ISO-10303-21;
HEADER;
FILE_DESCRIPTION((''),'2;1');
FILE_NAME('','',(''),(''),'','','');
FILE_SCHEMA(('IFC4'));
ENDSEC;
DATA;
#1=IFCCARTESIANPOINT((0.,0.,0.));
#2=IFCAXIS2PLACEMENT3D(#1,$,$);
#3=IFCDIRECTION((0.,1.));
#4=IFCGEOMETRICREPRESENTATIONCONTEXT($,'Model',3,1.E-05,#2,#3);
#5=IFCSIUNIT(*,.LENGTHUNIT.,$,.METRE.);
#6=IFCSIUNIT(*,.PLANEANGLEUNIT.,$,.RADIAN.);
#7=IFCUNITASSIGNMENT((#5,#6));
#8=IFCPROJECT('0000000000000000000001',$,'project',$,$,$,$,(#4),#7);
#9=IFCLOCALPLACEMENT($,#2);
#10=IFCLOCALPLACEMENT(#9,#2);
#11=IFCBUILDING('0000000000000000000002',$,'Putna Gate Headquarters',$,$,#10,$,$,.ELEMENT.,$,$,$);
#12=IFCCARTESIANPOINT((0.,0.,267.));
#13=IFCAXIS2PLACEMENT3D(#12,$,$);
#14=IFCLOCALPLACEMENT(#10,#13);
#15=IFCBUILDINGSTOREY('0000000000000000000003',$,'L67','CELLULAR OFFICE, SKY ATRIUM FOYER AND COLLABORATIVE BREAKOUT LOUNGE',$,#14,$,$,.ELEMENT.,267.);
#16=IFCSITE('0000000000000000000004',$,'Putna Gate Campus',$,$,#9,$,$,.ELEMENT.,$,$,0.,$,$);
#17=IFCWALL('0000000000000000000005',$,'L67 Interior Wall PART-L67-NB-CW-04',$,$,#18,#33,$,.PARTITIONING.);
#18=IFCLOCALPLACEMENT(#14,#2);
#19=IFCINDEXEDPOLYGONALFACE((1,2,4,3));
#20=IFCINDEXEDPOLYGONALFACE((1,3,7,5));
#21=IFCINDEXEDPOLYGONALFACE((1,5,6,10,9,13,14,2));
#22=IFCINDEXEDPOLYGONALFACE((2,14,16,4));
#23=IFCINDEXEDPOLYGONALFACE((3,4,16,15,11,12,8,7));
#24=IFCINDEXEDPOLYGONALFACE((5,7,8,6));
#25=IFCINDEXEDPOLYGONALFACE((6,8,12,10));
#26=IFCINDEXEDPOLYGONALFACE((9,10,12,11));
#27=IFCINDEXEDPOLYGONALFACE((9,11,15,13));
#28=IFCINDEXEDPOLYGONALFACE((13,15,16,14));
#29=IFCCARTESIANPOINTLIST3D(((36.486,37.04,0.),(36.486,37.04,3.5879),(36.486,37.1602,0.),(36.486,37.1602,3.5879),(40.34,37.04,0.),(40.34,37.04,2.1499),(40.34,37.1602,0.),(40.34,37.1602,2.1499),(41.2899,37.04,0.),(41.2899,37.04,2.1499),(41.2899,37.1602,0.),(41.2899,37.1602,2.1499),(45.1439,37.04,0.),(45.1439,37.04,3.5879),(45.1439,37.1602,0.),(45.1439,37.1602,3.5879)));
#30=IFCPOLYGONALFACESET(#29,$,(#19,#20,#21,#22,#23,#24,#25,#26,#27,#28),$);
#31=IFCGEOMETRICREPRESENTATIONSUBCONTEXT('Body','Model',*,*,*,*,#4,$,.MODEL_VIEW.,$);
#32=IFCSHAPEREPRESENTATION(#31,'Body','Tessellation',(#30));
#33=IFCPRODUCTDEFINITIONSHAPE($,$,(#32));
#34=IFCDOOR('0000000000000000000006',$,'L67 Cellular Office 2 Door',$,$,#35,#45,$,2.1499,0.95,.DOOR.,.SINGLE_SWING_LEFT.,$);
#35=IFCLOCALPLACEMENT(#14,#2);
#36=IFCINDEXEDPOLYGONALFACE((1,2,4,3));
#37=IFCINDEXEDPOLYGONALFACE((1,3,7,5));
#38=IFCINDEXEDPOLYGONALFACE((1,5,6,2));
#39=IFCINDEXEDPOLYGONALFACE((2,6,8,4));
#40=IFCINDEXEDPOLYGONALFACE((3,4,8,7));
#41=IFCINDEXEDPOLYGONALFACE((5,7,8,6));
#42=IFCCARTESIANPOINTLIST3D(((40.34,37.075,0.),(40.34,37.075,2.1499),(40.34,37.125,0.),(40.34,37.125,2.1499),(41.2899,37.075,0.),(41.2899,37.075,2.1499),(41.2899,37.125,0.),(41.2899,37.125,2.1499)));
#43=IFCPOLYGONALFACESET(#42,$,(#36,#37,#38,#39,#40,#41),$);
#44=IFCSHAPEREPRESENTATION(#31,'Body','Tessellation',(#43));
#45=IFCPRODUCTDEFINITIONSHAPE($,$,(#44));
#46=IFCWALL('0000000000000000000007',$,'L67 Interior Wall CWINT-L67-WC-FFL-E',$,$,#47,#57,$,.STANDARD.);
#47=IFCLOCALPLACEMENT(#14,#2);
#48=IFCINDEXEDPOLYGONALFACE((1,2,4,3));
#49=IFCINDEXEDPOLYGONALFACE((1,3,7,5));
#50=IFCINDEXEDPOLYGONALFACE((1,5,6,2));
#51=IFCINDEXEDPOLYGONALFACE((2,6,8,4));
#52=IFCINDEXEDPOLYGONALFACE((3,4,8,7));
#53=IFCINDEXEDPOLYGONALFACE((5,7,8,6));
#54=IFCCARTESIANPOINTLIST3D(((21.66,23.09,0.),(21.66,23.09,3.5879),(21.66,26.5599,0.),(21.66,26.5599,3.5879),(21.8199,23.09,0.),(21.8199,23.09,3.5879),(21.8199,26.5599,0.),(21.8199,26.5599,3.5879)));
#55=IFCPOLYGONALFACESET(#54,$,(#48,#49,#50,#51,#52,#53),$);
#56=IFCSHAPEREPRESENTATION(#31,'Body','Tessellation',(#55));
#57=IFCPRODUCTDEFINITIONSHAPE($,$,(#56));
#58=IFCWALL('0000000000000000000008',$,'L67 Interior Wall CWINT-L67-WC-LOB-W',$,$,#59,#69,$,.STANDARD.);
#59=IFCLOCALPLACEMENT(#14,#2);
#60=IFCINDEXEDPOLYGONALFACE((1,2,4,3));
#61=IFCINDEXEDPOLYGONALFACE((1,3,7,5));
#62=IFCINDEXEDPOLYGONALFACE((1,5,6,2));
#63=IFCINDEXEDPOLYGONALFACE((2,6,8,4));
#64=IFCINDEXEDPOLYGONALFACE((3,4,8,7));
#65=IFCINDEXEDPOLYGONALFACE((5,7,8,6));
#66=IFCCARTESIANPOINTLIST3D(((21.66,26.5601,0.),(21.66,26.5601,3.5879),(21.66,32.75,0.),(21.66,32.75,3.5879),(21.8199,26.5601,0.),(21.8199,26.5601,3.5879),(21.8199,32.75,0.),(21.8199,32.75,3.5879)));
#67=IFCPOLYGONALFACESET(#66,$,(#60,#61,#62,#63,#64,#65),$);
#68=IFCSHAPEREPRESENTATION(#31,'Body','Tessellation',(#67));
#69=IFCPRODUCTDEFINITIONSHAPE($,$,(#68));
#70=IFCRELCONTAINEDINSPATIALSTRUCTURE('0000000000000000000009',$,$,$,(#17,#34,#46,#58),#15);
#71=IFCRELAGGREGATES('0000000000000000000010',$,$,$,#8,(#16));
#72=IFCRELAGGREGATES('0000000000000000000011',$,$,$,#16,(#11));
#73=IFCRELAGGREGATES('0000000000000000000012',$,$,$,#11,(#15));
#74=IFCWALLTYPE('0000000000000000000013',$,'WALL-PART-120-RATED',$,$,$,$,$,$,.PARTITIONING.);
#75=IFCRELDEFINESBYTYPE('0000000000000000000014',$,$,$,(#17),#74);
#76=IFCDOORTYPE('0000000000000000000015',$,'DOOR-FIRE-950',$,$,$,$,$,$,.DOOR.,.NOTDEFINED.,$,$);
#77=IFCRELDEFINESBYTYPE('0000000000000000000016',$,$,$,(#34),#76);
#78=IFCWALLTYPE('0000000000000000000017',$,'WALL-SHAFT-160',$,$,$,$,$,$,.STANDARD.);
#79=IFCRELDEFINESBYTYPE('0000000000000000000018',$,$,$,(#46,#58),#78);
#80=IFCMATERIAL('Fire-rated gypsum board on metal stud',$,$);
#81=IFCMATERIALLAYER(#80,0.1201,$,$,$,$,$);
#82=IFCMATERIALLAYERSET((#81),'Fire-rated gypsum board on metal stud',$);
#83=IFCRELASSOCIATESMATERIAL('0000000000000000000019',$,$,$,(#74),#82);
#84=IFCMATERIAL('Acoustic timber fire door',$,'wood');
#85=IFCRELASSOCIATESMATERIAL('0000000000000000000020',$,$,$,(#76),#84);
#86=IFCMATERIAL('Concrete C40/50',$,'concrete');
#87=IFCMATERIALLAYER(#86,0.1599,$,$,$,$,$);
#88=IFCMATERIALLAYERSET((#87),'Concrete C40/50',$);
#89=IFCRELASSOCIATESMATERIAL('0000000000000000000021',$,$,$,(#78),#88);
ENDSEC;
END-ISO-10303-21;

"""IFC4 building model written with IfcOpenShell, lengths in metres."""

from ifc_helpers import new_model, si_unit, direction, frame, frame_2d, origin, place, context, subcontext, project, spatial, rectangle, extrude, material, layer, layer_set, type_object, element, fill, save


model = new_model("IFC4")

# Units and contexts
model_context = context("Model", 3, precision=1e-05, world=origin(), true_north=direction((0.0, 1.0)))
body_context = subcontext(model_context, "Body", "Model", "MODEL_VIEW")
ifc_project = project(units=[si_unit("LENGTHUNIT", "METRE"), si_unit("PLANEANGLEUNIT", "RADIAN")], contexts=[model_context])

# Site, building, storey
site_placement = place(None, origin())
site = spatial("IfcSite", under=ifc_project, at=site_placement, Name="Putna Gate Campus", CompositionType="ELEMENT", RefElevation=0.0)
building_placement = place(site_placement, origin())
building = spatial("IfcBuilding", under=site, at=building_placement, Name="Putna Gate Headquarters", CompositionType="ELEMENT")
storey_placement = place(building_placement, frame((0.0, 0.0, 267.0)))
storey = spatial("IfcBuildingStorey", under=building, at=storey_placement, Name="L67", Description="CELLULAR OFFICE, SKY ATRIUM FOYER AND COLLABORATIVE BREAKOUT LOUNGE", CompositionType="ELEMENT", Elevation=267.0)

# Shared definitions
ifc_material_1 = material(Name="Fire-rated gypsum board on metal stud")
ifc_layer_1 = layer(ifc_material_1, 0.1201)
ifc_layer_set_1 = layer_set([ifc_layer_1], Name="Fire-rated gypsum board on metal stud")
wall_type_1 = type_object("IfcWallType", Name="WALL-PART-120-RATED", PredefinedType="PARTITIONING", material=ifc_layer_set_1)

# Wall, opening, door
ifc_material_2 = material(Name="Acoustic timber fire door", Category="wood")
door_type = type_object("IfcDoorType", Name="DOOR-FIRE-950", OperationType="NOTDEFINED", PredefinedType="DOOR", material=ifc_material_2)
wall_1_placement = place(storey_placement, frame((36.4858, 37.1001, 0.0), z_axis=(0.0, 0.0, 1.0), x_axis=(1.0, 0.0, 0.0)))
wall_1 = element("IfcWall", 1, at=wall_1_placement, inside=storey, type_object=wall_type_1, Name="L67 Interior Wall PART-L67-NB-CW-04", PredefinedType="PARTITIONING", context=body_context, shape_type="SweptSolid", body=[
    extrude(rectangle(XDim=8.658, YDim=0.1201, at=frame_2d((4.3291, 0.0))), origin(), (0.0, 0.0, 1.0), 3.5879),
])
opening_1_placement = place(wall_1_placement, frame((3.854, 0.0, 0.0)))
opening_1 = element("IfcOpeningElement", 2, at=opening_1_placement, cuts=wall_1, PredefinedType="OPENING", context=body_context, shape_type="SweptSolid", body=[
    extrude(rectangle(XDim=0.95, YDim=2.1499, at=frame_2d((0.4751, 1.075))), frame((0.0, 0.0701, 0.0), z_axis=(0.0, -1.0, 0.0), x_axis=(1.0, 0.0, 0.0)), (0.0, 0.0, 1.0), 0.1401),
])
door_1_placement = place(opening_1_placement, origin())
door_1 = element("IfcDoor", 3, at=door_1_placement, inside=storey, type_object=door_type, Name="L67 Cellular Office 2 Door", OperationType="SINGLE_SWING_LEFT", OverallHeight=2.1499, OverallWidth=0.95, PredefinedType="DOOR", context=body_context, shape_type="SweptSolid", body=[
    extrude(rectangle(XDim=0.95, YDim=2.1499, at=frame_2d((0.4751, 1.075))), frame((0.0, 0.0249, 0.0), z_axis=(0.0, -1.0, 0.0), x_axis=(1.0, 0.0, 0.0)), (0.0, 0.0, 1.0), 0.05),
])
fill(opening_1, door_1)

# Walls
ifc_material_3 = material(Name="Concrete C40/50", Category="concrete")
ifc_layer_2 = layer(ifc_material_3, 0.1599)
ifc_layer_set_2 = layer_set([ifc_layer_2], Name="Concrete C40/50")
wall_type_2 = type_object("IfcWallType", Name="WALL-SHAFT-160", PredefinedType="STANDARD", material=ifc_layer_set_2)
wall_2_placement = place(storey_placement, frame((21.74, 23.0901, 0.0), z_axis=(0.0, 0.0, 1.0), x_axis=(0.0, 1.0, 0.0)))
element("IfcWall", 4, at=wall_2_placement, inside=storey, type_object=wall_type_2, Name="L67 Interior Wall CWINT-L67-WC-FFL-E", PredefinedType="STANDARD", context=body_context, shape_type="SweptSolid", body=[
    extrude(rectangle(XDim=3.47, YDim=0.1599, at=frame_2d((1.7349, 0.0))), origin(), (0.0, 0.0, 1.0), 3.5879),
])
wall_3_placement = place(storey_placement, frame((21.74, 26.5601, 0.0), z_axis=(0.0, 0.0, 1.0), x_axis=(0.0, 1.0, 0.0)))
element("IfcWall", 5, at=wall_3_placement, inside=storey, type_object=wall_type_2, Name="L67 Interior Wall CWINT-L67-WC-LOB-W", PredefinedType="STANDARD", context=body_context, shape_type="SweptSolid", body=[
    extrude(rectangle(XDim=6.1899, YDim=0.1599, at=frame_2d((3.095, 0.0))), origin(), (0.0, 0.0, 1.0), 3.5879),
])

save(model, "model.ifc")
